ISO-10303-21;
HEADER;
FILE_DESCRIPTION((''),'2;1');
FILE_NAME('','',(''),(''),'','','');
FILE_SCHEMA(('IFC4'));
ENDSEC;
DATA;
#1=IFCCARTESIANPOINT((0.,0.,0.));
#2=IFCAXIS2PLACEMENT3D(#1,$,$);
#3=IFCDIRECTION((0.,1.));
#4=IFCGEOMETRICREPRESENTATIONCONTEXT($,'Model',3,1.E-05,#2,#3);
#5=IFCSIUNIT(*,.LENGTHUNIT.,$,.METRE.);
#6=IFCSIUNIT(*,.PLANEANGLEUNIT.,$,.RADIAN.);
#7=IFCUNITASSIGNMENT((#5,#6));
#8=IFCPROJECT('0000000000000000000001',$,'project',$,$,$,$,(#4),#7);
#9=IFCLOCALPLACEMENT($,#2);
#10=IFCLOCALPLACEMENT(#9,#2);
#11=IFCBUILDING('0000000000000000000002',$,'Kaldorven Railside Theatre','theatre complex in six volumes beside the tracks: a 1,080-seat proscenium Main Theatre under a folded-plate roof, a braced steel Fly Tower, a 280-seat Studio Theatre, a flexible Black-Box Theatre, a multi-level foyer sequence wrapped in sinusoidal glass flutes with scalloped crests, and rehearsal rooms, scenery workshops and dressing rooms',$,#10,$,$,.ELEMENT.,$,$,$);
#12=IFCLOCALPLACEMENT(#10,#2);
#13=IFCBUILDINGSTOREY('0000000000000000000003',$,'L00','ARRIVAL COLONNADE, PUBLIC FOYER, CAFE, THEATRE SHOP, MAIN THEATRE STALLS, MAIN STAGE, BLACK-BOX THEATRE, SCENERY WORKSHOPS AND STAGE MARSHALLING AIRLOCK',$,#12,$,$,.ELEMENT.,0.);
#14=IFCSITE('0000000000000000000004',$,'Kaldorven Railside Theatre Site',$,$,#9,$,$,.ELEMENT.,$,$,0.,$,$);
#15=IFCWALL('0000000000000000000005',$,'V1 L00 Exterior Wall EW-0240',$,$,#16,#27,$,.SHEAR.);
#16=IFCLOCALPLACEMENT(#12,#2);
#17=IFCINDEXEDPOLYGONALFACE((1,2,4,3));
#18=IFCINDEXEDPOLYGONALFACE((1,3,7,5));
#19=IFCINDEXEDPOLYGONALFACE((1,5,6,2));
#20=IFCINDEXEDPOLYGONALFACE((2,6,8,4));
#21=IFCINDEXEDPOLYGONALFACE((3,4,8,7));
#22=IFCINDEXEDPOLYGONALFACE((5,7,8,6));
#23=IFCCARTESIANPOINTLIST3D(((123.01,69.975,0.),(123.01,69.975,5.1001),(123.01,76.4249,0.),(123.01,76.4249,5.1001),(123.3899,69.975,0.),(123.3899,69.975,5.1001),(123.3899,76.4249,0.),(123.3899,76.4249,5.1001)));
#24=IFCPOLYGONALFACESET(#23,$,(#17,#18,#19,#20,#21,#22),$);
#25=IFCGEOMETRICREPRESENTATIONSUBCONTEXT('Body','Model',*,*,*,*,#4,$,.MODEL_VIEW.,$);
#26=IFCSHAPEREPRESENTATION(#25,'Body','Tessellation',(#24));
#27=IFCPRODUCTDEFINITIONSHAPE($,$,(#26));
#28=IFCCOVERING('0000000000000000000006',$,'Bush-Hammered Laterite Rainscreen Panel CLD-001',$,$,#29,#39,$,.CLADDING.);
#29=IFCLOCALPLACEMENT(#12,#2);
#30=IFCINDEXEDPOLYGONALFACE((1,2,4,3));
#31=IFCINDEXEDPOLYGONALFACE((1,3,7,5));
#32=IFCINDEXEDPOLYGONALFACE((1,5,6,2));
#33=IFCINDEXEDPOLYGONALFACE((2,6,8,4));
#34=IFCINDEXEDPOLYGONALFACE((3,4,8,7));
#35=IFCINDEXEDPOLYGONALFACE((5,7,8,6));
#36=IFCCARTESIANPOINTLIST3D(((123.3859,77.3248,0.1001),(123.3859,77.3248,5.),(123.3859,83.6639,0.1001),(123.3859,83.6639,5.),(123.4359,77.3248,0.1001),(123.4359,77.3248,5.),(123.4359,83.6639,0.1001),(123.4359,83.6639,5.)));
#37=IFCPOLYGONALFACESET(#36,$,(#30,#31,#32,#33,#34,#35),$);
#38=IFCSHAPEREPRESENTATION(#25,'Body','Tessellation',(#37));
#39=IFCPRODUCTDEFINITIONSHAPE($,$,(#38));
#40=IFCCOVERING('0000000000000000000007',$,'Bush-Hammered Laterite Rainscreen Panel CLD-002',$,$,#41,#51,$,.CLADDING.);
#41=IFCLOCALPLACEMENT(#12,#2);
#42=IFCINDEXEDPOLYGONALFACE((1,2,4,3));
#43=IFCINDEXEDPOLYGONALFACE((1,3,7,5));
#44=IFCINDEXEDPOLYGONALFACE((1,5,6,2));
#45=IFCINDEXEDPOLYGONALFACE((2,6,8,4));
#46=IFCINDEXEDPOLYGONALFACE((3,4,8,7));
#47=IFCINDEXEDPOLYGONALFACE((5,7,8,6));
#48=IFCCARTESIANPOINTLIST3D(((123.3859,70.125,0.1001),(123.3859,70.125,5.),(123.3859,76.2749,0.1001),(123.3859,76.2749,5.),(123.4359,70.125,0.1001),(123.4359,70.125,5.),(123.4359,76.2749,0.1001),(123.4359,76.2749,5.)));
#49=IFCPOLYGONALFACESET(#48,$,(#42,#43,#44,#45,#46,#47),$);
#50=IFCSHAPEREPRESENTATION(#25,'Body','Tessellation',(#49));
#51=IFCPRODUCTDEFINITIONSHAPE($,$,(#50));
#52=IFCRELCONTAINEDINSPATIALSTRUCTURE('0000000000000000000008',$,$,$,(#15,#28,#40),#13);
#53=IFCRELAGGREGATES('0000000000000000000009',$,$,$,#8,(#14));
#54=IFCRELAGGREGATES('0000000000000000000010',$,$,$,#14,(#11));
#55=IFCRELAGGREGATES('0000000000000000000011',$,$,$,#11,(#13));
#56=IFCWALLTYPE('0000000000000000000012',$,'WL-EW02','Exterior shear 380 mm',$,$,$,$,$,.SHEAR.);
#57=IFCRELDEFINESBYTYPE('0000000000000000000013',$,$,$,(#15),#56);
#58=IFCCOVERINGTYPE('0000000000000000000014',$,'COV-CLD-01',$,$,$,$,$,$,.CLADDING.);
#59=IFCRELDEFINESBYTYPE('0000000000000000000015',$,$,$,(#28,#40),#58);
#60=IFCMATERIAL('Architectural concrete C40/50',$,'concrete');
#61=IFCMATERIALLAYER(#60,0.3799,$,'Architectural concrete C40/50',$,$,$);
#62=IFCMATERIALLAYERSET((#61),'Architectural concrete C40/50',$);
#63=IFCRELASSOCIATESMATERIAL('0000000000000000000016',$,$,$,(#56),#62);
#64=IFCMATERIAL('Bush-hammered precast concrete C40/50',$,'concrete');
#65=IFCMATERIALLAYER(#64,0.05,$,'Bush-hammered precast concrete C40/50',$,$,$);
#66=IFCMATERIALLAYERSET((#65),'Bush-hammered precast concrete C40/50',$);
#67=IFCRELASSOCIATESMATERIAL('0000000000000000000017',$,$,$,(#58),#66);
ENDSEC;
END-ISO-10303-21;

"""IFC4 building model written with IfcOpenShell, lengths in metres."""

from ifc_helpers import new_model, si_unit, direction, frame, frame_2d, origin, origin_2d, place, context, subcontext, project, spatial, rectangle, extrude, material, layer, layer_set, type_object, element, save


model = new_model("IFC4")

# Units and contexts
model_context = context("Model", 3, precision=1e-05, world=origin(), true_north=direction((0.0, 1.0)))
body_context = subcontext(model_context, "Body", "Model", "MODEL_VIEW")
ifc_project = project(units=[si_unit("LENGTHUNIT", "METRE"), si_unit("PLANEANGLEUNIT", "RADIAN")], contexts=[model_context])

# Site, building, storey
site_placement = place(None, origin())
site = spatial("IfcSite", under=ifc_project, at=site_placement, Name="Kaldorven Railside Theatre Site", CompositionType="ELEMENT", RefElevation=0.0)
building_placement = place(site_placement, origin())
building = spatial("IfcBuilding", under=site, at=building_placement, Name="Kaldorven Railside Theatre", Description="theatre complex in six volumes beside the tracks: a 1,080-seat proscenium Main Theatre under a folded-plate roof, a braced steel Fly Tower, a 280-seat Studio Theatre, a flexible Black-Box Theatre, a multi-level foyer sequence wrapped in sinusoidal glass flutes with scalloped crests, and rehearsal rooms, scenery workshops and dressing rooms", CompositionType="ELEMENT")
storey_placement = place(building_placement, origin())
storey = spatial("IfcBuildingStorey", under=building, at=storey_placement, Name="L00", Description="ARRIVAL COLONNADE, PUBLIC FOYER, CAFE, THEATRE SHOP, MAIN THEATRE STALLS, MAIN STAGE, BLACK-BOX THEATRE, SCENERY WORKSHOPS AND STAGE MARSHALLING AIRLOCK", CompositionType="ELEMENT", Elevation=0.0)

# Wall
ifc_material_1 = material(Name="Architectural concrete C40/50", Category="concrete")
ifc_layer_1 = layer(ifc_material_1, 0.3799, Name="Architectural concrete C40/50")
ifc_layer_set_1 = layer_set([ifc_layer_1], Name="Architectural concrete C40/50")
wall_type = type_object("IfcWallType", Name="WL-EW02", Description="Exterior shear 380 mm", PredefinedType="SHEAR", material=ifc_layer_set_1)
wall_1_placement = place(storey_placement, frame((123.2, 76.425, 0.0), z_axis=(0.0, 0.0, 1.0), x_axis=(0.0, -1.0, 0.0)))
element("IfcWall", 1, at=wall_1_placement, inside=storey, type_object=wall_type, Name="V1 L00 Exterior Wall EW-0240", PredefinedType="SHEAR", context=body_context, shape_type="SweptSolid", body=[
    extrude(rectangle(XDim=6.45, YDim=0.3799, at=frame_2d((3.2251, 0.0))), origin(), (0.0, 0.0, 1.0), 5.1001),
])

# Coverings
ifc_material_2 = material(Name="Bush-hammered precast concrete C40/50", Category="concrete")
ifc_layer_2 = layer(ifc_material_2, 0.05, Name="Bush-hammered precast concrete C40/50")
ifc_layer_set_2 = layer_set([ifc_layer_2], Name="Bush-hammered precast concrete C40/50")
covering_type = type_object("IfcCoveringType", Name="COV-CLD-01", PredefinedType="CLADDING", material=ifc_layer_set_2)
covering_1_placement = place(storey_placement, frame((123.4109, 80.4944, 0.1001), z_axis=(0.0, 0.0, 1.0), x_axis=(0.0, -1.0, 0.0)))
element("IfcCovering", 2, at=covering_1_placement, inside=storey, type_object=covering_type, Name="Bush-Hammered Laterite Rainscreen Panel CLD-001", PredefinedType="CLADDING", context=body_context, shape_type="SweptSolid", body=[
    extrude(rectangle(XDim=6.3391, YDim=0.05, at=origin_2d()), origin(), (0.0, 0.0, 1.0), 4.8999),
])
covering_2_placement = place(storey_placement, frame((123.4109, 73.2, 0.1001), z_axis=(0.0, 0.0, 1.0), x_axis=(0.0, -1.0, 0.0)))
element("IfcCovering", 3, at=covering_2_placement, inside=storey, type_object=covering_type, Name="Bush-Hammered Laterite Rainscreen Panel CLD-002", PredefinedType="CLADDING", context=body_context, shape_type="SweptSolid", body=[
    extrude(rectangle(XDim=6.1499, YDim=0.05, at=origin_2d()), origin(), (0.0, 0.0, 1.0), 4.8999),
])

save(model, "model.ifc")
